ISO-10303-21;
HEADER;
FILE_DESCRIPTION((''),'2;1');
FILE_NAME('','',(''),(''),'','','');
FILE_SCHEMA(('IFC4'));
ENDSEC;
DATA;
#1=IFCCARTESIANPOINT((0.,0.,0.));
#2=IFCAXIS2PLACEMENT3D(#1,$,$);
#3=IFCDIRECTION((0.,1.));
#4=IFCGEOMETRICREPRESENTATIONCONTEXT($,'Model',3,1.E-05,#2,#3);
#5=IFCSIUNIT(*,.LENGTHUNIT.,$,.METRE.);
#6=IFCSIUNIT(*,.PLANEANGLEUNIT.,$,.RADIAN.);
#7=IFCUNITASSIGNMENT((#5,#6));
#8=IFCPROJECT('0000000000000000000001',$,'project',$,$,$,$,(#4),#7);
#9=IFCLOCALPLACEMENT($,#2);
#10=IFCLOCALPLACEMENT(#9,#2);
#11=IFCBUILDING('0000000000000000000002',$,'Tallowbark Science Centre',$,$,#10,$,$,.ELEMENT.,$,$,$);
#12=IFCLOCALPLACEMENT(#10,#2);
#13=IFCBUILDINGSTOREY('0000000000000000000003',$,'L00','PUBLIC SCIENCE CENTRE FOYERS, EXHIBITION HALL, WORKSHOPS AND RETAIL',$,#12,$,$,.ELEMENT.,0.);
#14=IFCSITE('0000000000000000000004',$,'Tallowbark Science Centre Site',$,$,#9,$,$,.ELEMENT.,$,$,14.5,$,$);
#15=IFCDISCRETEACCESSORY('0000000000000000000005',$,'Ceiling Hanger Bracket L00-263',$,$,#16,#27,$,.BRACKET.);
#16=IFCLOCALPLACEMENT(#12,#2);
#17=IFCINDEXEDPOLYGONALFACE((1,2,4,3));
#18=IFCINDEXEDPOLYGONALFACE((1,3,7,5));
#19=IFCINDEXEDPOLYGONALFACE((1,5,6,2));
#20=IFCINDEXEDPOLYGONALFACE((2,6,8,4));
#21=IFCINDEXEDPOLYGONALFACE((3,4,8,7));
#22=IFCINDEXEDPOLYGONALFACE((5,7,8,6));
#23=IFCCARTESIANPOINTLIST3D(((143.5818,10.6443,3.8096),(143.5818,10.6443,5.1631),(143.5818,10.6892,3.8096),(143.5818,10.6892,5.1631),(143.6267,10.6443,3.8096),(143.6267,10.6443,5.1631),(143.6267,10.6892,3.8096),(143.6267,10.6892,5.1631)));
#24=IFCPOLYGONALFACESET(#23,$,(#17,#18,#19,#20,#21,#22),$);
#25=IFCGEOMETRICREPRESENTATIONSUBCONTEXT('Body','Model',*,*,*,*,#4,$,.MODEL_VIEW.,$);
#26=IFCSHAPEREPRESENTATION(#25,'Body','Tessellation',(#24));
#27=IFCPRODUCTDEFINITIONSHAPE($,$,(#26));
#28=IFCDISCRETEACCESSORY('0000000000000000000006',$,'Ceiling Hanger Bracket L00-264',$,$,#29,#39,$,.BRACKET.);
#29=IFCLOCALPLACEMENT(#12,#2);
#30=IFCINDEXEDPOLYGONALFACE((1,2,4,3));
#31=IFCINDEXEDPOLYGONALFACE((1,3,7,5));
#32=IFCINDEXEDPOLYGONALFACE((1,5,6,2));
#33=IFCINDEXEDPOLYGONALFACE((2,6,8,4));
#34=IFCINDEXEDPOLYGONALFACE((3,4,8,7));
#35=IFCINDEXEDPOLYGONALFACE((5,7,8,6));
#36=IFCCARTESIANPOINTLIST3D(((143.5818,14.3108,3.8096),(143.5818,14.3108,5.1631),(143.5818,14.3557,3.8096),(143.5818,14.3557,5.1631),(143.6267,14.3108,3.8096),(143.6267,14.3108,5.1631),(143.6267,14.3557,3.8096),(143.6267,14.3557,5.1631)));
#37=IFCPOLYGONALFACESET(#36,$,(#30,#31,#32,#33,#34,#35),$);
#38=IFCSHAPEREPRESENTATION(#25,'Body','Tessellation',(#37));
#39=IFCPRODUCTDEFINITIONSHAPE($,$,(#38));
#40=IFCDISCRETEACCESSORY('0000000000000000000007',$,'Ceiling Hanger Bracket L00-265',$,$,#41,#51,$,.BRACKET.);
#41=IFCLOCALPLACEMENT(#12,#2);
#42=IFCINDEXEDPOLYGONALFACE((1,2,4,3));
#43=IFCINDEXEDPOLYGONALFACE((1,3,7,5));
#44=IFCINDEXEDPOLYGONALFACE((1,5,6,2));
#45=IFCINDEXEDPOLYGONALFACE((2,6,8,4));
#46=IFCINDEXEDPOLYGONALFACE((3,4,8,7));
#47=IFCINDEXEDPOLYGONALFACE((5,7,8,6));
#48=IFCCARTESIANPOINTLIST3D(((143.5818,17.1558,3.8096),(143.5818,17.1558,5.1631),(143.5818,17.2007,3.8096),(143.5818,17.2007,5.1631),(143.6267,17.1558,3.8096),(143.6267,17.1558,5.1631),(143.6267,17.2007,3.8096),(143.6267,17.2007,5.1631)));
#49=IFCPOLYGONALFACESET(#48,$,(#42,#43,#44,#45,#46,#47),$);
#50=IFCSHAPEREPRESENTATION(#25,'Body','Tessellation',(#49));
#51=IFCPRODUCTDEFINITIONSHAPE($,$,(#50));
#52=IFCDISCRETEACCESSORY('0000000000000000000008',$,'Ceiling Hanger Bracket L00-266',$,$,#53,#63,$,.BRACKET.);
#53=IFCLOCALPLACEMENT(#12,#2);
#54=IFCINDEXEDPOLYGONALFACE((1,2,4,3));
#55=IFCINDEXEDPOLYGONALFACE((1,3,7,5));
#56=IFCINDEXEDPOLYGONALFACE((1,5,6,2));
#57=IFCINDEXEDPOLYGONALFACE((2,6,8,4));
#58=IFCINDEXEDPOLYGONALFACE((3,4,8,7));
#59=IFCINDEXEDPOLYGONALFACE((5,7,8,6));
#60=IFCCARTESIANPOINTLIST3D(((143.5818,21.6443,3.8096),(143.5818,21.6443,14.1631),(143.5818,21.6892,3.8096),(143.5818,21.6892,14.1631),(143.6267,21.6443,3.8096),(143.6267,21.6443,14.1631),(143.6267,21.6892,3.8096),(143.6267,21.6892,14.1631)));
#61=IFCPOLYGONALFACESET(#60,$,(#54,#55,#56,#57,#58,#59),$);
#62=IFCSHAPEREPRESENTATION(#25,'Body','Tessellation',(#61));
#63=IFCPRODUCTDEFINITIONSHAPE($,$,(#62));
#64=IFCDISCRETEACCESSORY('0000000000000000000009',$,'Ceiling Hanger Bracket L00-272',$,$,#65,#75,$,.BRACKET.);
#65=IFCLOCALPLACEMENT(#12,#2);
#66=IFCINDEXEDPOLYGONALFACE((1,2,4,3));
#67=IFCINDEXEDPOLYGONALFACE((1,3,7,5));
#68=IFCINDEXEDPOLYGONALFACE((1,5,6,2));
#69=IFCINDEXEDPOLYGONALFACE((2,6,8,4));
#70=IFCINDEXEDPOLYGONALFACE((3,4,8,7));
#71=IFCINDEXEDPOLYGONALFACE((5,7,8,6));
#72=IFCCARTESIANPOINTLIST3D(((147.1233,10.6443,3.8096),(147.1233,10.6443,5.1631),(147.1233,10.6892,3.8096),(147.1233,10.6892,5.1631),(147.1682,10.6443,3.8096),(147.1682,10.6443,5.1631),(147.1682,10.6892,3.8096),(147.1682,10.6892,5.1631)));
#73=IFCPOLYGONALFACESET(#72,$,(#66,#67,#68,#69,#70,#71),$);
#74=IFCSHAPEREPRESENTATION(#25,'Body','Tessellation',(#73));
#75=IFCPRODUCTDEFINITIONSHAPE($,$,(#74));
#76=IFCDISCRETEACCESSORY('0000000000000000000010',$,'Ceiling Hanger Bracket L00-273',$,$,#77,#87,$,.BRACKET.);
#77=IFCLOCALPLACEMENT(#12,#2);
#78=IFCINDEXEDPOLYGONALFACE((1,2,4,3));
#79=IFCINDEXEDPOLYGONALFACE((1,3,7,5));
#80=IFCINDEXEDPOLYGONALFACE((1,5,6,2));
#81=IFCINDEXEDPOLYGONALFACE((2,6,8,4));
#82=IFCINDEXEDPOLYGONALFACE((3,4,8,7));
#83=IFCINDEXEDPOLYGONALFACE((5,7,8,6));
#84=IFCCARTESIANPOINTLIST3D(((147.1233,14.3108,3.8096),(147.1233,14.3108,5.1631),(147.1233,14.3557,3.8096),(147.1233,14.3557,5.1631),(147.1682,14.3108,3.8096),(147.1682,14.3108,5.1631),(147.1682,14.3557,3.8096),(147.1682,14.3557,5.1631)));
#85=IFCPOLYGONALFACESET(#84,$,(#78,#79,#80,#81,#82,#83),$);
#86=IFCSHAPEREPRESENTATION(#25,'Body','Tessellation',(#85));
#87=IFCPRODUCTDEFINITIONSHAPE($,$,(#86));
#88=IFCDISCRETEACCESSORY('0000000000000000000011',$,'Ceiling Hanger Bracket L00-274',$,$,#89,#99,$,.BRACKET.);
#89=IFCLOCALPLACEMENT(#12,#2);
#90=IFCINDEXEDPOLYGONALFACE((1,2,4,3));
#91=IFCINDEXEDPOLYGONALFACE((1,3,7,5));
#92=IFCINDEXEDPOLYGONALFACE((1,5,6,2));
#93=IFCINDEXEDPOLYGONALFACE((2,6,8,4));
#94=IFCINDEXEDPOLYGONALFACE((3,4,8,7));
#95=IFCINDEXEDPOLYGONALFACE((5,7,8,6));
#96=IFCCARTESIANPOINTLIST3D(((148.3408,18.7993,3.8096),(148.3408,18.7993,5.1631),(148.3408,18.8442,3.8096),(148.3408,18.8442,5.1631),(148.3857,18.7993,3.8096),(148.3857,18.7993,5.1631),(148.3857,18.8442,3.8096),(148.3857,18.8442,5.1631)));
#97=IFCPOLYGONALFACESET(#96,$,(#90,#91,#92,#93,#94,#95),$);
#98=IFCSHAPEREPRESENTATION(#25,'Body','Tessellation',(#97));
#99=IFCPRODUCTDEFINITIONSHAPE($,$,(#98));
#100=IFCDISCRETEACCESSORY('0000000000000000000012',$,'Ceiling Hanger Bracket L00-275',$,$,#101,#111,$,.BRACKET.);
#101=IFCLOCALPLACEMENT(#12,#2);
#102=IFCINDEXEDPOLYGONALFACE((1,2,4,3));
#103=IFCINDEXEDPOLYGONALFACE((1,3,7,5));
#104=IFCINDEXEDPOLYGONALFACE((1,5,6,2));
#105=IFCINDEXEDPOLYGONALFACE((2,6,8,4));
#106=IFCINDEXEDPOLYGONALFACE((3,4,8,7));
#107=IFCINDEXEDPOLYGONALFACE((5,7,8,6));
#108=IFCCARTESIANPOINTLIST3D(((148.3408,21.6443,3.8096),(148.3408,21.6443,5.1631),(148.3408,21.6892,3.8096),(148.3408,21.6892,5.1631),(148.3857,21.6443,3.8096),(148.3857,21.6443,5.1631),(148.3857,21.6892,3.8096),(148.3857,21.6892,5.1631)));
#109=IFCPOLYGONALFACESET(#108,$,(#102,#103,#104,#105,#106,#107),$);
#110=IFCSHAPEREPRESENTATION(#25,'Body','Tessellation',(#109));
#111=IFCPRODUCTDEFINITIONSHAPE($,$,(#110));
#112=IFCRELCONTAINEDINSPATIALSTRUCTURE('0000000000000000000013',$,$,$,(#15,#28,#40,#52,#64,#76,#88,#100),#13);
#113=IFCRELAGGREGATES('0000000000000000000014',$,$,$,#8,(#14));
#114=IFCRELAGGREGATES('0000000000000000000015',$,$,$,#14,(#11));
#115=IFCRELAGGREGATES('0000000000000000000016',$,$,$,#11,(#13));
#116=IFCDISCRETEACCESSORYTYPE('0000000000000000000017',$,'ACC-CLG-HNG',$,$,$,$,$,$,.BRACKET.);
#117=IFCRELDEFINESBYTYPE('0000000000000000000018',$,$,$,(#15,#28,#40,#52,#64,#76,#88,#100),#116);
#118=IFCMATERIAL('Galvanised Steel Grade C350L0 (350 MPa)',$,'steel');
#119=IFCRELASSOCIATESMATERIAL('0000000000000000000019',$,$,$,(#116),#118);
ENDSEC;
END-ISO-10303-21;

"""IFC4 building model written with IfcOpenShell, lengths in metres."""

from ifc_helpers import new_model, si_unit, direction, frame, origin, origin_2d, place, context, subcontext, project, spatial, rectangle, extrude, material, type_object, element, save


model = new_model("IFC4")

# Units and contexts
model_context = context("Model", 3, precision=1e-05, world=origin(), true_north=direction((0.0, 1.0)))
body_context = subcontext(model_context, "Body", "Model", "MODEL_VIEW")
ifc_project = project(units=[si_unit("LENGTHUNIT", "METRE"), si_unit("PLANEANGLEUNIT", "RADIAN")], contexts=[model_context])

# Site, building, storey
site_placement = place(None, origin())
site = spatial("IfcSite", under=ifc_project, at=site_placement, Name="Tallowbark Science Centre Site", CompositionType="ELEMENT", RefElevation=14.5)
building_placement = place(site_placement, origin())
building = spatial("IfcBuilding", under=site, at=building_placement, Name="Tallowbark Science Centre", CompositionType="ELEMENT")
storey_placement = place(building_placement, origin())
storey = spatial("IfcBuildingStorey", under=building, at=storey_placement, Name="L00", Description="PUBLIC SCIENCE CENTRE FOYERS, EXHIBITION HALL, WORKSHOPS AND RETAIL", CompositionType="ELEMENT", Elevation=0.0)

# Discrete accessories
ifc_material_1 = material(Name="Galvanised Steel Grade C350L0 (350 MPa)", Category="steel")
discrete_accessory_type = type_object("IfcDiscreteAccessoryType", Name="ACC-CLG-HNG", PredefinedType="BRACKET", material=ifc_material_1)
for number, where, z_axis, x_axis, name in (
    (1, (143.6042, 10.6667, 3.8096), (0.0, 0.0, 1.0), (1.0, 0.0, 0.0), "Ceiling Hanger Bracket L00-263"),
    (2, (143.6042, 14.3333, 3.8096), (0.0, 0.0, 1.0), (1.0, 0.0, 0.0), "Ceiling Hanger Bracket L00-264"),
    (3, (143.6042, 17.1782, 3.8096), (0.0, 0.0, 1.0), (1.0, 0.0, 0.0), "Ceiling Hanger Bracket L00-265"),
):
    element("IfcDiscreteAccessory", number, at=place(storey_placement, frame(where, z_axis=z_axis, x_axis=x_axis)), inside=storey, type_object=discrete_accessory_type, Name=name, PredefinedType="BRACKET", context=body_context, shape_type="SweptSolid", body=[
        extrude(rectangle(XDim=0.0449, YDim=0.0449, at=origin_2d()), origin(), (0.0, 0.0, 1.0), 1.3535),
    ])
discrete_accessory_placement = place(storey_placement, frame((143.6042, 21.6667, 3.8096), z_axis=(0.0, 0.0, 1.0), x_axis=(1.0, 0.0, 0.0)))
element("IfcDiscreteAccessory", 4, at=discrete_accessory_placement, inside=storey, type_object=discrete_accessory_type, Name="Ceiling Hanger Bracket L00-266", PredefinedType="BRACKET", context=body_context, shape_type="SweptSolid", body=[
    extrude(rectangle(XDim=0.0449, YDim=0.0449, at=origin_2d()), origin(), (0.0, 0.0, 1.0), 10.3535),
])
for number, where, z_axis, x_axis, name in (
    (5, (147.1458, 10.6667, 3.8096), (0.0, 0.0, 1.0), (1.0, 0.0, 0.0), "Ceiling Hanger Bracket L00-272"),
    (6, (147.1458, 14.3333, 3.8096), (0.0, 0.0, 1.0), (1.0, 0.0, 0.0), "Ceiling Hanger Bracket L00-273"),
    (7, (148.3633, 18.8218, 3.8096), (0.0, 0.0, 1.0), (1.0, 0.0, 0.0), "Ceiling Hanger Bracket L00-274"),
    (8, (148.3633, 21.6667, 3.8096), (0.0, 0.0, 1.0), (1.0, 0.0, 0.0), "Ceiling Hanger Bracket L00-275"),
):
    element("IfcDiscreteAccessory", number, at=place(storey_placement, frame(where, z_axis=z_axis, x_axis=x_axis)), inside=storey, type_object=discrete_accessory_type, Name=name, PredefinedType="BRACKET", context=body_context, shape_type="SweptSolid", body=[
        extrude(rectangle(XDim=0.0449, YDim=0.0449, at=origin_2d()), origin(), (0.0, 0.0, 1.0), 1.3535),
    ])

save(model, "model.ifc")
